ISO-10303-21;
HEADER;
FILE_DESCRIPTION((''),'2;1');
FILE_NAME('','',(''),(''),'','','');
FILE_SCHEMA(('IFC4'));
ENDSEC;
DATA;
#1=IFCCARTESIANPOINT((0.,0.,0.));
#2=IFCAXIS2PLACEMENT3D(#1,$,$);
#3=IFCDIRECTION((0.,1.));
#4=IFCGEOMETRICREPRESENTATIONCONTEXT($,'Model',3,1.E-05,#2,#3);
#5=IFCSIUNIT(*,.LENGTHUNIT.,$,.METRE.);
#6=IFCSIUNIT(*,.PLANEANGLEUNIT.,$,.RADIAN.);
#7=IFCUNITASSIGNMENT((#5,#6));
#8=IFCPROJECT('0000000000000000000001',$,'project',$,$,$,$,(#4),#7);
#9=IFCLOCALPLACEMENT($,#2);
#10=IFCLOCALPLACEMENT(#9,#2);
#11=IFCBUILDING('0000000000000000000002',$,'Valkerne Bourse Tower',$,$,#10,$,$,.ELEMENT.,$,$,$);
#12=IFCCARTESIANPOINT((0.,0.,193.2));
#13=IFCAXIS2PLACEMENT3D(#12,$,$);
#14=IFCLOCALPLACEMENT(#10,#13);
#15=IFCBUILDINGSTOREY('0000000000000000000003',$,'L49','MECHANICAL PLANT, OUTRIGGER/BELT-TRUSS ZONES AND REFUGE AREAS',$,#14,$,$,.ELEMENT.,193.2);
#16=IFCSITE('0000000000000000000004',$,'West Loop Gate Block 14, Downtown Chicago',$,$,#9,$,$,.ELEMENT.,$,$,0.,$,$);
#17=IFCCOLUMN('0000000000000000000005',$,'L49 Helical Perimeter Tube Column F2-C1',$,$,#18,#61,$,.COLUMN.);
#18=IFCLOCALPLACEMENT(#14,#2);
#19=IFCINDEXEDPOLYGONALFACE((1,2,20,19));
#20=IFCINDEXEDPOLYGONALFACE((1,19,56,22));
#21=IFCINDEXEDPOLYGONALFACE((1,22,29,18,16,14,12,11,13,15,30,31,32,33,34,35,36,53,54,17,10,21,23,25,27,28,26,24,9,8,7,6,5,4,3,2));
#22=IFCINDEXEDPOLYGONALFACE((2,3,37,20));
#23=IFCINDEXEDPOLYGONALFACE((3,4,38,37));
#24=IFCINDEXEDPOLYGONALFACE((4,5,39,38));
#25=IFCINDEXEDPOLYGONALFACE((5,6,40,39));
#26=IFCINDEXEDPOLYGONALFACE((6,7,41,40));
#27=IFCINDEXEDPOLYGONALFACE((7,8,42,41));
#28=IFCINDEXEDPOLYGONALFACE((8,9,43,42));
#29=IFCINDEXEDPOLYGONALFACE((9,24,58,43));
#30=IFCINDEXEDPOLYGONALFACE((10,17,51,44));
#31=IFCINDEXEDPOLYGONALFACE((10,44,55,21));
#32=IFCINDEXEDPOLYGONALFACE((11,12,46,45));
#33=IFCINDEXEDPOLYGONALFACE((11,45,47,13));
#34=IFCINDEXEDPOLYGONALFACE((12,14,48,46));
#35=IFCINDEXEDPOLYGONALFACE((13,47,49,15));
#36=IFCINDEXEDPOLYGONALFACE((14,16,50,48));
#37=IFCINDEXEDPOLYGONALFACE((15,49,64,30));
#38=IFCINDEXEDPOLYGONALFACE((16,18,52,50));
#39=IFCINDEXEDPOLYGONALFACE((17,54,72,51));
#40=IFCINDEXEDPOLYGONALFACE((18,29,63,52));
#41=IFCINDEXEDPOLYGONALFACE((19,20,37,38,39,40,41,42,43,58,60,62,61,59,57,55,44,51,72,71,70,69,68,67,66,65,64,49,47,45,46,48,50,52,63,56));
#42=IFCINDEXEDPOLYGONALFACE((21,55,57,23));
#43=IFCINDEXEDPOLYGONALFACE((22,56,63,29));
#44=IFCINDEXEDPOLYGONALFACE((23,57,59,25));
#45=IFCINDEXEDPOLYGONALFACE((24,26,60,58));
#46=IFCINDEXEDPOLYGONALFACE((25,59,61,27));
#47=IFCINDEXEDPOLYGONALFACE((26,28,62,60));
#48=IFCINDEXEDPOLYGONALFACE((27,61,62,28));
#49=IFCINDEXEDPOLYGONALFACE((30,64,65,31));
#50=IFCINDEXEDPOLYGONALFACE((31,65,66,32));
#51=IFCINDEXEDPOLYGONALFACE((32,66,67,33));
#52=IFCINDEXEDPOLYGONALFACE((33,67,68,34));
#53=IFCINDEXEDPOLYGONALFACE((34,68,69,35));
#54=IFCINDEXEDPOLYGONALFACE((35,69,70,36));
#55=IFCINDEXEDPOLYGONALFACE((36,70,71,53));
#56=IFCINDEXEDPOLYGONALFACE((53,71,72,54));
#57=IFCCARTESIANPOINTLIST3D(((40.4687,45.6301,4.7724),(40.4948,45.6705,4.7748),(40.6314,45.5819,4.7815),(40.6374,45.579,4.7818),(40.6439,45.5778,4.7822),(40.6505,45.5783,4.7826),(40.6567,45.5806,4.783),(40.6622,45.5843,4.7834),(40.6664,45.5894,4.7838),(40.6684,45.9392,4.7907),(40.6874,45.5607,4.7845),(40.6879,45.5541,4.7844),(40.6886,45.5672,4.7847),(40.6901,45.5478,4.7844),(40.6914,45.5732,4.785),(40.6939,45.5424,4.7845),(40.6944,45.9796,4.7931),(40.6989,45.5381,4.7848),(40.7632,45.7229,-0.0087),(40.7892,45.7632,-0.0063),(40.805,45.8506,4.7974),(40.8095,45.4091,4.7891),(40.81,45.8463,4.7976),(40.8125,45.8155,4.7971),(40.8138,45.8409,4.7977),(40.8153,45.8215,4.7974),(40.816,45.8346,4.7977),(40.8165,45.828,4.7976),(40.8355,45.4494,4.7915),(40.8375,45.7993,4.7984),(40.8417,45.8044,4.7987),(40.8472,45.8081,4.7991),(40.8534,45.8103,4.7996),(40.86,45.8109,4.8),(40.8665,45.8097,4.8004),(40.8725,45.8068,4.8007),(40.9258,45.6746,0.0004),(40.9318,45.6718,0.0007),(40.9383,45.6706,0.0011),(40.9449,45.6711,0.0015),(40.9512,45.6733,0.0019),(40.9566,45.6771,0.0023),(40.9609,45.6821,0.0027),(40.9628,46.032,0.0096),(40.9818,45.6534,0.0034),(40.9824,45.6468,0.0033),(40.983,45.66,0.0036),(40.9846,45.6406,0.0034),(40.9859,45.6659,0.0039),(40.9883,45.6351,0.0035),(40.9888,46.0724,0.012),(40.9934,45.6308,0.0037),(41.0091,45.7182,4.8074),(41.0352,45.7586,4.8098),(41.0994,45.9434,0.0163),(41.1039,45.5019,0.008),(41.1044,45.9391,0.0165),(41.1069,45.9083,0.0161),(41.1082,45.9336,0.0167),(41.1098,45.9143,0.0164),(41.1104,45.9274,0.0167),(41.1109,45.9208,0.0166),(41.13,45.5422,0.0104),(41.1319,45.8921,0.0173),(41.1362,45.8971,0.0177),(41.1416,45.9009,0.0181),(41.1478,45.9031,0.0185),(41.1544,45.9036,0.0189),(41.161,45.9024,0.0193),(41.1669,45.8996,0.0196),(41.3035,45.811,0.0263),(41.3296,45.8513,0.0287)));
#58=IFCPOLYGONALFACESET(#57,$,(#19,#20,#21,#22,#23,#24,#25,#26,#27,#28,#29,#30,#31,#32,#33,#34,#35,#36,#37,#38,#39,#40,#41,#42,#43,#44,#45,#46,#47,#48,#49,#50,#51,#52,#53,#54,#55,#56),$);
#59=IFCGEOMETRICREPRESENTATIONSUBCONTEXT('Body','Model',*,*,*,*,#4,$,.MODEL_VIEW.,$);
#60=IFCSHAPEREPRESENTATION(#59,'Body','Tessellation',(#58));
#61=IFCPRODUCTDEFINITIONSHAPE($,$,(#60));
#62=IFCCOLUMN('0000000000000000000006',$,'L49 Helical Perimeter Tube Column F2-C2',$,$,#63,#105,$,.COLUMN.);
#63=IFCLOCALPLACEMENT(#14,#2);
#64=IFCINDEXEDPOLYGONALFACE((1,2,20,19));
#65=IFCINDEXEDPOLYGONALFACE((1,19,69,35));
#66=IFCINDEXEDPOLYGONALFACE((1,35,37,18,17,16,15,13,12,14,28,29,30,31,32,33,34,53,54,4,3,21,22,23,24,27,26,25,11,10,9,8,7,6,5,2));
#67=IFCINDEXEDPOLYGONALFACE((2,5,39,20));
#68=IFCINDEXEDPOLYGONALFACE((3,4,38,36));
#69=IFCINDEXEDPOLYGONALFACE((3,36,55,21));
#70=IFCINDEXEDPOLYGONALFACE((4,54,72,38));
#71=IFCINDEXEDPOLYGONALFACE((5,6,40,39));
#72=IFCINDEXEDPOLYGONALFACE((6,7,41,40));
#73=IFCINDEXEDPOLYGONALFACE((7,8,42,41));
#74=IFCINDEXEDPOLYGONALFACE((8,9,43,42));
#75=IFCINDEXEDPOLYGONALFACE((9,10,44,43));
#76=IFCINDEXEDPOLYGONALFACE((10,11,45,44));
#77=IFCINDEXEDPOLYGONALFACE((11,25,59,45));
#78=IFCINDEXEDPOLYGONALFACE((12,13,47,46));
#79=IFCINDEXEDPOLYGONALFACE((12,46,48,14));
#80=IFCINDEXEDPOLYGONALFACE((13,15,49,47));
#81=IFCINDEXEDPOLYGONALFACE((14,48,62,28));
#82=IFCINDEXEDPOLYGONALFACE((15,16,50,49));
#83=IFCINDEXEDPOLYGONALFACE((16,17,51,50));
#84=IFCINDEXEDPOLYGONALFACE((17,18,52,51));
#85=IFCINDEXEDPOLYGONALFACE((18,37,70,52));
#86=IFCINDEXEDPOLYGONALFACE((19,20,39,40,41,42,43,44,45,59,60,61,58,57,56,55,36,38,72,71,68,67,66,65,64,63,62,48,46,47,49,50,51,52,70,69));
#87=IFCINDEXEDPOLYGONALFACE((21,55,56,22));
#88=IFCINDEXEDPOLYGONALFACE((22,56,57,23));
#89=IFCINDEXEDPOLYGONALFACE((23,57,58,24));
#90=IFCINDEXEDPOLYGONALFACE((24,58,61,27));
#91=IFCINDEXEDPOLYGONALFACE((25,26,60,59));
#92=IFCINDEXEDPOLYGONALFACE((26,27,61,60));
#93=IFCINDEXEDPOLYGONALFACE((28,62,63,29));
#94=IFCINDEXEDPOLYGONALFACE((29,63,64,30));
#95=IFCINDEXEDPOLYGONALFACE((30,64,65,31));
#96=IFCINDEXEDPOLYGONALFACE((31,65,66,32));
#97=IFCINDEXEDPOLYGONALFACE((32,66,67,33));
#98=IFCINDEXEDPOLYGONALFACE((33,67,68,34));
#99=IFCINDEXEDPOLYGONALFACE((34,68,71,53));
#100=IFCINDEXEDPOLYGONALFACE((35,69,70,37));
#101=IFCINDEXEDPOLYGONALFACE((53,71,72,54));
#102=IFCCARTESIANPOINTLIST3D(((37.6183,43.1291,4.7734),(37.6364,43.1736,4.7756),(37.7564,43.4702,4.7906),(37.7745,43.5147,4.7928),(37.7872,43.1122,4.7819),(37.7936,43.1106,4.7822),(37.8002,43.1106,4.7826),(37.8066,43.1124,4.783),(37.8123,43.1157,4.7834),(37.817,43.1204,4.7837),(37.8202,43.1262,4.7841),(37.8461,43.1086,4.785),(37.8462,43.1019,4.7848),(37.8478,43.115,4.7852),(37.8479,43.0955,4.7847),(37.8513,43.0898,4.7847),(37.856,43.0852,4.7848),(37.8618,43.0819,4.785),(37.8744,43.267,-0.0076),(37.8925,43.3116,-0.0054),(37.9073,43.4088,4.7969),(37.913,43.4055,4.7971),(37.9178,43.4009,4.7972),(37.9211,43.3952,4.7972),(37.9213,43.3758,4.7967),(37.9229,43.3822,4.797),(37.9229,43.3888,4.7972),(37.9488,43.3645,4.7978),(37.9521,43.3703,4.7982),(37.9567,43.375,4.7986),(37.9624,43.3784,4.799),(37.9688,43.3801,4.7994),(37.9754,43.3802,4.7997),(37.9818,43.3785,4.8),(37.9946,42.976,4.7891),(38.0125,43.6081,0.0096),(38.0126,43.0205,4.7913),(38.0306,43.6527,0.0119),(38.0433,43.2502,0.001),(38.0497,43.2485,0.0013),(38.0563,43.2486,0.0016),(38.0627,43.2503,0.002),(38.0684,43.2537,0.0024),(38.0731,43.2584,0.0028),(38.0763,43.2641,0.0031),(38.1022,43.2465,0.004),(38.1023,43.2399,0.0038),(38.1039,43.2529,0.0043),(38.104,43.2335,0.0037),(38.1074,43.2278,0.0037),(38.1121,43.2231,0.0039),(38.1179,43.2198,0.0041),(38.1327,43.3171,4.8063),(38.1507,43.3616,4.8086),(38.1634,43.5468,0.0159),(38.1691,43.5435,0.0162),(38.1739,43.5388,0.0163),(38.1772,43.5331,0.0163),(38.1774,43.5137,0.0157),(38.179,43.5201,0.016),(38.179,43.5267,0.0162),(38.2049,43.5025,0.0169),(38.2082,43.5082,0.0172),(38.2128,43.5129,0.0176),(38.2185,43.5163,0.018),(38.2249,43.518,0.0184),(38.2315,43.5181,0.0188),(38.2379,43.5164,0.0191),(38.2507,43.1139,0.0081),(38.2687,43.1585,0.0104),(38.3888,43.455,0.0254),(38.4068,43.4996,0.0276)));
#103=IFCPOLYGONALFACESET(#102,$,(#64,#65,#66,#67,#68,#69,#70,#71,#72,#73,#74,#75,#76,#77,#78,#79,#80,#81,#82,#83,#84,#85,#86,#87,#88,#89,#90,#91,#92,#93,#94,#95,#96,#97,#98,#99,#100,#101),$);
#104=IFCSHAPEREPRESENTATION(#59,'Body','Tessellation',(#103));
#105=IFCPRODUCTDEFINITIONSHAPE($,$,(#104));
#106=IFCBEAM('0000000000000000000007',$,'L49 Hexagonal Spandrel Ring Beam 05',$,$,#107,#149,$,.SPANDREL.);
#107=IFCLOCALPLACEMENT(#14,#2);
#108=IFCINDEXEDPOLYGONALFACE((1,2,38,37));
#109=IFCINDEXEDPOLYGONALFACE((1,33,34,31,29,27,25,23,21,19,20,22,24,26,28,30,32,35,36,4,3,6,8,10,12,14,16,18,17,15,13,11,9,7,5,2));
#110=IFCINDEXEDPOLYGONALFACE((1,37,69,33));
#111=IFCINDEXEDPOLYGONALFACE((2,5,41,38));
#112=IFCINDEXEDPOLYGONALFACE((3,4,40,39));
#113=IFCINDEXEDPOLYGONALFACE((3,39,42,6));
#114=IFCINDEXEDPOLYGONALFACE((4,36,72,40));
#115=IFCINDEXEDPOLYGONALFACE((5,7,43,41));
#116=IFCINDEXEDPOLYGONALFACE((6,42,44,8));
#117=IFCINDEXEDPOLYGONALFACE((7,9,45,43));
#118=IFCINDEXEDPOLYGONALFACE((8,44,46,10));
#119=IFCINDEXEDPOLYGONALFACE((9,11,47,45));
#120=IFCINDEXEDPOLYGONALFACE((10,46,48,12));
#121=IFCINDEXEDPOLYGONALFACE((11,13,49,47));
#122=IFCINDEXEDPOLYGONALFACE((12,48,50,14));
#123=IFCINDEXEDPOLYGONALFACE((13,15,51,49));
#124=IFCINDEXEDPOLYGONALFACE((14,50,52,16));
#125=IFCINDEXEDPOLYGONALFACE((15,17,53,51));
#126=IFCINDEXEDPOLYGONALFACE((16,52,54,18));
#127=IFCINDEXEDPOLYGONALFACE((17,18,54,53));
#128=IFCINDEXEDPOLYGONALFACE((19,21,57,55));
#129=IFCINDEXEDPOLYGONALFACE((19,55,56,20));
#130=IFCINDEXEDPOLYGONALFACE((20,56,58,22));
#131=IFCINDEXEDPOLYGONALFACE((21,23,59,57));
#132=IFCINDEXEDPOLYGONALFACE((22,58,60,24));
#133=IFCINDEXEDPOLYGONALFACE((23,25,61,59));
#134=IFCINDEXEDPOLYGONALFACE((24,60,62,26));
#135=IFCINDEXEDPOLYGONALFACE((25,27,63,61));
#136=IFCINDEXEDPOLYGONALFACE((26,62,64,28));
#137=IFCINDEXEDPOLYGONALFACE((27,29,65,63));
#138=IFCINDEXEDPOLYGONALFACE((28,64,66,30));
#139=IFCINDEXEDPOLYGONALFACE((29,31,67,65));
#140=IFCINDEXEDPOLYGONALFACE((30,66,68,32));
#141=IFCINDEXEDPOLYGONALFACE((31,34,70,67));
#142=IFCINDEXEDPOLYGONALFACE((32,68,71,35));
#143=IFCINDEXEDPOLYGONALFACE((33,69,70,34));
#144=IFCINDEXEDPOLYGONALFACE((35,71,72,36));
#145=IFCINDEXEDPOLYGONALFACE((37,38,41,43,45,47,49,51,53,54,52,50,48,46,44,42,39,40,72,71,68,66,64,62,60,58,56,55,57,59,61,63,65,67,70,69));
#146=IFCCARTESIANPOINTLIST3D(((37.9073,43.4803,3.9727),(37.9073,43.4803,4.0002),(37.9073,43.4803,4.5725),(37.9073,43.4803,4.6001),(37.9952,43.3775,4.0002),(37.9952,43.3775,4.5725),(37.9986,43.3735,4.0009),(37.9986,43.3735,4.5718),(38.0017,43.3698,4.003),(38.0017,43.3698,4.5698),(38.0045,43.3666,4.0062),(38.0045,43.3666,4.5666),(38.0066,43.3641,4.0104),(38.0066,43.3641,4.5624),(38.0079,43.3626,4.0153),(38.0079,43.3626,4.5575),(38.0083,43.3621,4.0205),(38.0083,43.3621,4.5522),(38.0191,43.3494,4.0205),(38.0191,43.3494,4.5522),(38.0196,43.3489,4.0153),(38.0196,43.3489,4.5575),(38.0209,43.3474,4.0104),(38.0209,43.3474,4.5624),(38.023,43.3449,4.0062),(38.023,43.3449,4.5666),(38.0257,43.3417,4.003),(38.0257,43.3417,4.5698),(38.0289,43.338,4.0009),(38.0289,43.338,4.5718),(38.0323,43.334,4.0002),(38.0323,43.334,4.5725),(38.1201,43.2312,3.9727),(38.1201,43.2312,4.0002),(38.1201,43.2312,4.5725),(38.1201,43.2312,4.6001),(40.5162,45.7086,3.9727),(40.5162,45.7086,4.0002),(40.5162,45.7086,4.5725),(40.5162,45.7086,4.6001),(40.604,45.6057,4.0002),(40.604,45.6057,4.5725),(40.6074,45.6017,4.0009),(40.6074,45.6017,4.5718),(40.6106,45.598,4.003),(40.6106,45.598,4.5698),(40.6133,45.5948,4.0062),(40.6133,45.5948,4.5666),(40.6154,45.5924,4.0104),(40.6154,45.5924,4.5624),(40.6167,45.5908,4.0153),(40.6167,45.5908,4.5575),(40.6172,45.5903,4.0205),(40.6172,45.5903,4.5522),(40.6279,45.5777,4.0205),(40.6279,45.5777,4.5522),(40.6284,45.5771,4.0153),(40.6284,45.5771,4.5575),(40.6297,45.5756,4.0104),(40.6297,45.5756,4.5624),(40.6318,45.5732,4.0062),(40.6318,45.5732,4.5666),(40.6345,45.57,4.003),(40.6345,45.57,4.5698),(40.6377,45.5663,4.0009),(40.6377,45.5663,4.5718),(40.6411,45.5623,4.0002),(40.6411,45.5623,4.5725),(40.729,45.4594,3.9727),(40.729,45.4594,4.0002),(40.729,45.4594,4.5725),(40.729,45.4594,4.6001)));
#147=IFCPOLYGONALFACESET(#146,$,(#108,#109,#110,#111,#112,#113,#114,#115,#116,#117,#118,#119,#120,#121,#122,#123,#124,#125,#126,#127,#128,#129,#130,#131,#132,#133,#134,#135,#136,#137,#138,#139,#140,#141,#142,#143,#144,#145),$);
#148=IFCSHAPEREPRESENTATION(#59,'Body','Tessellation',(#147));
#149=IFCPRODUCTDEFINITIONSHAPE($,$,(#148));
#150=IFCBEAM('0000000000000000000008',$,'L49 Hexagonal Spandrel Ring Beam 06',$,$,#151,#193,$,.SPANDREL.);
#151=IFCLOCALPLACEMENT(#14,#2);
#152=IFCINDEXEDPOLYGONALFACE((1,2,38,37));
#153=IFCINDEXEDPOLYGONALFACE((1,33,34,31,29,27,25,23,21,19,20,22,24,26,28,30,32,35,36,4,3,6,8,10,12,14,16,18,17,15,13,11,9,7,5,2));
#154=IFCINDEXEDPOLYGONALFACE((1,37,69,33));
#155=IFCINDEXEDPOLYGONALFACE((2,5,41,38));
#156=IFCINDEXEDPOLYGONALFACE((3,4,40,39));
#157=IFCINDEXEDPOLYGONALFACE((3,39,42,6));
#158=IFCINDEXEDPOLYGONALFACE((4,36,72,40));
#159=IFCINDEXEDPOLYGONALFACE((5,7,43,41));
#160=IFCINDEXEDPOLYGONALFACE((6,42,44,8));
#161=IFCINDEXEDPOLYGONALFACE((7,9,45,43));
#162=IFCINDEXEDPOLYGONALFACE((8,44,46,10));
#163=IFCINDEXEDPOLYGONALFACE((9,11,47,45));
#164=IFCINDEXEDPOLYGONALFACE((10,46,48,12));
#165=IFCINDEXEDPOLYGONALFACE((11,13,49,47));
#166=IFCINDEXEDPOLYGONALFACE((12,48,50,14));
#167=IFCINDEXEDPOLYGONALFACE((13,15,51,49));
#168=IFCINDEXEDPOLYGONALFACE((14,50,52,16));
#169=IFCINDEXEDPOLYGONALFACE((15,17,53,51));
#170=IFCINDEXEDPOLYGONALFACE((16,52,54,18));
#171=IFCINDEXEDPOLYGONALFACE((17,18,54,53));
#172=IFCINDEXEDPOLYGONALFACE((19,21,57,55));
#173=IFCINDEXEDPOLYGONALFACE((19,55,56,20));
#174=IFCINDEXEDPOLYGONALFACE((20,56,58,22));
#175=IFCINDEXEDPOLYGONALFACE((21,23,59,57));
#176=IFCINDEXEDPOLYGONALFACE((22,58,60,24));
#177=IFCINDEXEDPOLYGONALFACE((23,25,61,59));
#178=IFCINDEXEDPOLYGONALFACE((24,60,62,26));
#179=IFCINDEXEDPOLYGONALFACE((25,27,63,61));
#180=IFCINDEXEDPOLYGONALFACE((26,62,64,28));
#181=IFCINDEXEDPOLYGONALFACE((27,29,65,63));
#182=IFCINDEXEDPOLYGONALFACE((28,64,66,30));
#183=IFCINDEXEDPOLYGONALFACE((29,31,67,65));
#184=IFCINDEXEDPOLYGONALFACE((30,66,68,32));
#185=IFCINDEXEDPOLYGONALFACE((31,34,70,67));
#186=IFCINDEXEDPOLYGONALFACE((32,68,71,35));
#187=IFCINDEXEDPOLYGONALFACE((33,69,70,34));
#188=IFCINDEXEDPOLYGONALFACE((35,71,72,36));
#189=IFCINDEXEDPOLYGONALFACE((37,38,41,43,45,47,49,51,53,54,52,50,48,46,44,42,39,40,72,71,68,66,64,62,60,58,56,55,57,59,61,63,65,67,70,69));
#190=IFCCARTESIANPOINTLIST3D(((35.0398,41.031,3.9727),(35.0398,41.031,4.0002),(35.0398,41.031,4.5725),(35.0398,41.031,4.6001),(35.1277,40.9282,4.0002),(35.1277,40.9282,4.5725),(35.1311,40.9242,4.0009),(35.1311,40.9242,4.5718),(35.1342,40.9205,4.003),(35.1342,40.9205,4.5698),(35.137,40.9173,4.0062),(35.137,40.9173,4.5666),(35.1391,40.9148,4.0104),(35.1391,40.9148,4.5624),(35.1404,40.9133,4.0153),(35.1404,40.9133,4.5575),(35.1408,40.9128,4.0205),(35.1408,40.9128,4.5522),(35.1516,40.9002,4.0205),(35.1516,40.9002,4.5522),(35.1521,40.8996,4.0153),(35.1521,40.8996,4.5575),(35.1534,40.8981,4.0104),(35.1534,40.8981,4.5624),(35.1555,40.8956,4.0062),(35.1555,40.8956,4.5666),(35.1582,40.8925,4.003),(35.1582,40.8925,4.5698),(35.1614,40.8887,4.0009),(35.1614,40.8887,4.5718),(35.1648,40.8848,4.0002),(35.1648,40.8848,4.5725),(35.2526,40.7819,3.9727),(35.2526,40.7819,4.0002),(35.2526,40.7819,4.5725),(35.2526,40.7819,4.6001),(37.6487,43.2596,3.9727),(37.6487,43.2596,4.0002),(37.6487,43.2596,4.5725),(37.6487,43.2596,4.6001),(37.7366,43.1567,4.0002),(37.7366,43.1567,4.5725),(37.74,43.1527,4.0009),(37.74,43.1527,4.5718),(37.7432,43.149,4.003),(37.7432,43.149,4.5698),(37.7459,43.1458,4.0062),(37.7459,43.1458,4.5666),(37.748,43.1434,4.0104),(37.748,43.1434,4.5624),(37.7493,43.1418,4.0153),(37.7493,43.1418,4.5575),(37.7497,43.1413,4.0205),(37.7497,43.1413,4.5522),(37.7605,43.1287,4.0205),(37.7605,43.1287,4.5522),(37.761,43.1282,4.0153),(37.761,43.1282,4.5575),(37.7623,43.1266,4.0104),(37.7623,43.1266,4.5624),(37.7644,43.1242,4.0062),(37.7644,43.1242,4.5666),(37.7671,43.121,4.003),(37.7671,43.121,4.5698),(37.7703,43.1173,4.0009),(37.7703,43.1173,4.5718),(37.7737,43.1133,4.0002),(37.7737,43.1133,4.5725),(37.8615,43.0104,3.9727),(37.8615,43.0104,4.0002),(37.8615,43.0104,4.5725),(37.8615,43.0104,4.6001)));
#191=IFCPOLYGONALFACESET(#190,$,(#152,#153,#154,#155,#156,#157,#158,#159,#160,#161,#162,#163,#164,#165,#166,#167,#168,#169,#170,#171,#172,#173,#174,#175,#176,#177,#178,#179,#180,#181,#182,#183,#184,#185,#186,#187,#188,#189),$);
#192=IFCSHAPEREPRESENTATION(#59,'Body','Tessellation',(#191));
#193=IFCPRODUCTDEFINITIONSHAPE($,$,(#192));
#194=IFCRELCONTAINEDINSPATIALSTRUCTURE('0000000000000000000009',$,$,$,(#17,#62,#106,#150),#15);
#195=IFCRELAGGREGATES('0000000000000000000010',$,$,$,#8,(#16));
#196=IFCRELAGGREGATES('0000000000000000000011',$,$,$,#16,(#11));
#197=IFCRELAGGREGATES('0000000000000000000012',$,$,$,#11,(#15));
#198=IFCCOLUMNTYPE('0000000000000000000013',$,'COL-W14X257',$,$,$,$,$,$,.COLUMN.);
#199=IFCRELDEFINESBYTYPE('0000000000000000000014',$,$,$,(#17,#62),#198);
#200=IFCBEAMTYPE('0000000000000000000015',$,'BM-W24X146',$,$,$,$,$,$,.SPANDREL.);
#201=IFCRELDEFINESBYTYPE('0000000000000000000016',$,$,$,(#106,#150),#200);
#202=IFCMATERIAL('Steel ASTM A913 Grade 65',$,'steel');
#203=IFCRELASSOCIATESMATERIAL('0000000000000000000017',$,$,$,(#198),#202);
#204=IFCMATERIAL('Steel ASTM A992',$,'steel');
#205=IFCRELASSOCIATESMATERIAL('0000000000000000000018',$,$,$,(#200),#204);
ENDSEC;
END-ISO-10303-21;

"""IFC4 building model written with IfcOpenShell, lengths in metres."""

from ifc_helpers import new_model, si_unit, direction, frame, origin, origin_2d, place, context, subcontext, project, spatial, i_section, extrude, material, material_profile, profile_set, type_object, element, save


model = new_model("IFC4")

# Units and contexts
model_context = context("Model", 3, precision=1e-05, world=origin(), true_north=direction((0.0, 1.0)))
body_context = subcontext(model_context, "Body", "Model", "MODEL_VIEW")
ifc_project = project(units=[si_unit("LENGTHUNIT", "METRE"), si_unit("PLANEANGLEUNIT", "RADIAN")], contexts=[model_context])

# Site, building, storey
site_placement = place(None, origin())
site = spatial("IfcSite", under=ifc_project, at=site_placement, Name="West Loop Gate Block 14, Downtown Chicago", CompositionType="ELEMENT", RefElevation=0.0)
building_placement = place(site_placement, origin())
building = spatial("IfcBuilding", under=site, at=building_placement, Name="Valkerne Bourse Tower", CompositionType="ELEMENT")
storey_placement = place(building_placement, frame((0.0, 0.0, 193.2)))
storey = spatial("IfcBuildingStorey", under=building, at=storey_placement, Name="L49", Description="MECHANICAL PLANT, OUTRIGGER/BELT-TRUSS ZONES AND REFUGE AREAS", CompositionType="ELEMENT", Elevation=193.2)

# Columns
ifc_material_1 = material(Name="Steel ASTM A913 Grade 65", Category="steel")
ifc_material_profile_1 = material_profile(ifc_material_1, i_section(OverallWidth=0.4065, OverallDepth=0.4165, WebThickness=0.0298, FlangeThickness=0.0481, FilletRadius=0.0254, at=origin_2d()), Name="W14X257")
ifc_profile_set_1 = profile_set([ifc_material_profile_1], Name="Steel ASTM A913 Grade 65")
column_type = type_object("IfcColumnType", Name="COL-W14X257", PredefinedType="COLUMN", material=ifc_profile_set_1)
column_1_placement = place(storey_placement, frame((41.0464, 45.7871, 0.01), z_axis=(-0.061456, -0.019364, 0.997922), x_axis=(-0.838254, 0.543731, -0.041072)))
element("IfcColumn", 1, at=column_1_placement, inside=storey, type_object=column_type, Name="L49 Helical Perimeter Tube Column F2-C1", PredefinedType="COLUMN", context=body_context, shape_type="SweptSolid", body=[
    extrude(i_section(OverallWidth=0.4065, OverallDepth=0.4165, WebThickness=0.0298, FlangeThickness=0.0481, FilletRadius=0.0254, at=origin_2d()), origin(), (0.0, 0.0, 1.0), 4.791),
])
column_2_placement = place(storey_placement, frame((38.1406, 43.3833, 0.01), z_axis=(-0.053468, -0.028798, 0.998154), x_axis=(-0.925541, 0.376665, -0.038711)))
element("IfcColumn", 2, at=column_2_placement, inside=storey, type_object=column_type, Name="L49 Helical Perimeter Tube Column F2-C2", PredefinedType="COLUMN", context=body_context, shape_type="SweptSolid", body=[
    extrude(i_section(OverallWidth=0.4065, OverallDepth=0.4165, WebThickness=0.0298, FlangeThickness=0.0481, FilletRadius=0.0254, at=origin_2d()), origin(), (0.0, 0.0, 1.0), 4.7898),
])

# Beams
ifc_material_2 = material(Name="Steel ASTM A992", Category="steel")
ifc_material_profile_2 = material_profile(ifc_material_2, i_section(OverallWidth=0.3276, OverallDepth=0.6274, WebThickness=0.0166, FlangeThickness=0.0276, FilletRadius=0.0203, at=origin_2d()), Name="W24X146")
ifc_profile_set_2 = profile_set([ifc_material_profile_2], Name="Steel ASTM A992")
beam_type_1 = type_object("IfcBeamType", Name="BM-W24X146", PredefinedType="SPANDREL", material=ifc_profile_set_2)
beam_1_placement = place(storey_placement, frame((40.6226, 45.584, 4.2864), z_axis=(-0.760396, -0.64946, 0.0), x_axis=(0.64946, -0.760396, 0.0)))
element("IfcBeam", 3, at=beam_1_placement, inside=storey, type_object=beam_type_1, Name="L49 Hexagonal Spandrel Ring Beam 05", PredefinedType="SPANDREL", context=body_context, shape_type="SweptSolid", body=[
    extrude(i_section(OverallWidth=0.3276, OverallDepth=0.6274, WebThickness=0.0166, FlangeThickness=0.0276, FilletRadius=0.0203, at=origin_2d()), origin(), (0.0, 0.0, 1.0), 3.4309),
])
beam_2_placement = place(storey_placement, frame((37.7551, 43.135, 4.2864), z_axis=(-0.760361, -0.649501, 0.0), x_axis=(0.649501, -0.760361, 0.0)))
element("IfcBeam", 4, at=beam_2_placement, inside=storey, type_object=beam_type_1, Name="L49 Hexagonal Spandrel Ring Beam 06", PredefinedType="SPANDREL", context=body_context, shape_type="SweptSolid", body=[
    extrude(i_section(OverallWidth=0.3276, OverallDepth=0.6274, WebThickness=0.0166, FlangeThickness=0.0276, FilletRadius=0.0203, at=origin_2d()), origin(), (0.0, 0.0, 1.0), 3.4312),
])

save(model, "model.ifc")
